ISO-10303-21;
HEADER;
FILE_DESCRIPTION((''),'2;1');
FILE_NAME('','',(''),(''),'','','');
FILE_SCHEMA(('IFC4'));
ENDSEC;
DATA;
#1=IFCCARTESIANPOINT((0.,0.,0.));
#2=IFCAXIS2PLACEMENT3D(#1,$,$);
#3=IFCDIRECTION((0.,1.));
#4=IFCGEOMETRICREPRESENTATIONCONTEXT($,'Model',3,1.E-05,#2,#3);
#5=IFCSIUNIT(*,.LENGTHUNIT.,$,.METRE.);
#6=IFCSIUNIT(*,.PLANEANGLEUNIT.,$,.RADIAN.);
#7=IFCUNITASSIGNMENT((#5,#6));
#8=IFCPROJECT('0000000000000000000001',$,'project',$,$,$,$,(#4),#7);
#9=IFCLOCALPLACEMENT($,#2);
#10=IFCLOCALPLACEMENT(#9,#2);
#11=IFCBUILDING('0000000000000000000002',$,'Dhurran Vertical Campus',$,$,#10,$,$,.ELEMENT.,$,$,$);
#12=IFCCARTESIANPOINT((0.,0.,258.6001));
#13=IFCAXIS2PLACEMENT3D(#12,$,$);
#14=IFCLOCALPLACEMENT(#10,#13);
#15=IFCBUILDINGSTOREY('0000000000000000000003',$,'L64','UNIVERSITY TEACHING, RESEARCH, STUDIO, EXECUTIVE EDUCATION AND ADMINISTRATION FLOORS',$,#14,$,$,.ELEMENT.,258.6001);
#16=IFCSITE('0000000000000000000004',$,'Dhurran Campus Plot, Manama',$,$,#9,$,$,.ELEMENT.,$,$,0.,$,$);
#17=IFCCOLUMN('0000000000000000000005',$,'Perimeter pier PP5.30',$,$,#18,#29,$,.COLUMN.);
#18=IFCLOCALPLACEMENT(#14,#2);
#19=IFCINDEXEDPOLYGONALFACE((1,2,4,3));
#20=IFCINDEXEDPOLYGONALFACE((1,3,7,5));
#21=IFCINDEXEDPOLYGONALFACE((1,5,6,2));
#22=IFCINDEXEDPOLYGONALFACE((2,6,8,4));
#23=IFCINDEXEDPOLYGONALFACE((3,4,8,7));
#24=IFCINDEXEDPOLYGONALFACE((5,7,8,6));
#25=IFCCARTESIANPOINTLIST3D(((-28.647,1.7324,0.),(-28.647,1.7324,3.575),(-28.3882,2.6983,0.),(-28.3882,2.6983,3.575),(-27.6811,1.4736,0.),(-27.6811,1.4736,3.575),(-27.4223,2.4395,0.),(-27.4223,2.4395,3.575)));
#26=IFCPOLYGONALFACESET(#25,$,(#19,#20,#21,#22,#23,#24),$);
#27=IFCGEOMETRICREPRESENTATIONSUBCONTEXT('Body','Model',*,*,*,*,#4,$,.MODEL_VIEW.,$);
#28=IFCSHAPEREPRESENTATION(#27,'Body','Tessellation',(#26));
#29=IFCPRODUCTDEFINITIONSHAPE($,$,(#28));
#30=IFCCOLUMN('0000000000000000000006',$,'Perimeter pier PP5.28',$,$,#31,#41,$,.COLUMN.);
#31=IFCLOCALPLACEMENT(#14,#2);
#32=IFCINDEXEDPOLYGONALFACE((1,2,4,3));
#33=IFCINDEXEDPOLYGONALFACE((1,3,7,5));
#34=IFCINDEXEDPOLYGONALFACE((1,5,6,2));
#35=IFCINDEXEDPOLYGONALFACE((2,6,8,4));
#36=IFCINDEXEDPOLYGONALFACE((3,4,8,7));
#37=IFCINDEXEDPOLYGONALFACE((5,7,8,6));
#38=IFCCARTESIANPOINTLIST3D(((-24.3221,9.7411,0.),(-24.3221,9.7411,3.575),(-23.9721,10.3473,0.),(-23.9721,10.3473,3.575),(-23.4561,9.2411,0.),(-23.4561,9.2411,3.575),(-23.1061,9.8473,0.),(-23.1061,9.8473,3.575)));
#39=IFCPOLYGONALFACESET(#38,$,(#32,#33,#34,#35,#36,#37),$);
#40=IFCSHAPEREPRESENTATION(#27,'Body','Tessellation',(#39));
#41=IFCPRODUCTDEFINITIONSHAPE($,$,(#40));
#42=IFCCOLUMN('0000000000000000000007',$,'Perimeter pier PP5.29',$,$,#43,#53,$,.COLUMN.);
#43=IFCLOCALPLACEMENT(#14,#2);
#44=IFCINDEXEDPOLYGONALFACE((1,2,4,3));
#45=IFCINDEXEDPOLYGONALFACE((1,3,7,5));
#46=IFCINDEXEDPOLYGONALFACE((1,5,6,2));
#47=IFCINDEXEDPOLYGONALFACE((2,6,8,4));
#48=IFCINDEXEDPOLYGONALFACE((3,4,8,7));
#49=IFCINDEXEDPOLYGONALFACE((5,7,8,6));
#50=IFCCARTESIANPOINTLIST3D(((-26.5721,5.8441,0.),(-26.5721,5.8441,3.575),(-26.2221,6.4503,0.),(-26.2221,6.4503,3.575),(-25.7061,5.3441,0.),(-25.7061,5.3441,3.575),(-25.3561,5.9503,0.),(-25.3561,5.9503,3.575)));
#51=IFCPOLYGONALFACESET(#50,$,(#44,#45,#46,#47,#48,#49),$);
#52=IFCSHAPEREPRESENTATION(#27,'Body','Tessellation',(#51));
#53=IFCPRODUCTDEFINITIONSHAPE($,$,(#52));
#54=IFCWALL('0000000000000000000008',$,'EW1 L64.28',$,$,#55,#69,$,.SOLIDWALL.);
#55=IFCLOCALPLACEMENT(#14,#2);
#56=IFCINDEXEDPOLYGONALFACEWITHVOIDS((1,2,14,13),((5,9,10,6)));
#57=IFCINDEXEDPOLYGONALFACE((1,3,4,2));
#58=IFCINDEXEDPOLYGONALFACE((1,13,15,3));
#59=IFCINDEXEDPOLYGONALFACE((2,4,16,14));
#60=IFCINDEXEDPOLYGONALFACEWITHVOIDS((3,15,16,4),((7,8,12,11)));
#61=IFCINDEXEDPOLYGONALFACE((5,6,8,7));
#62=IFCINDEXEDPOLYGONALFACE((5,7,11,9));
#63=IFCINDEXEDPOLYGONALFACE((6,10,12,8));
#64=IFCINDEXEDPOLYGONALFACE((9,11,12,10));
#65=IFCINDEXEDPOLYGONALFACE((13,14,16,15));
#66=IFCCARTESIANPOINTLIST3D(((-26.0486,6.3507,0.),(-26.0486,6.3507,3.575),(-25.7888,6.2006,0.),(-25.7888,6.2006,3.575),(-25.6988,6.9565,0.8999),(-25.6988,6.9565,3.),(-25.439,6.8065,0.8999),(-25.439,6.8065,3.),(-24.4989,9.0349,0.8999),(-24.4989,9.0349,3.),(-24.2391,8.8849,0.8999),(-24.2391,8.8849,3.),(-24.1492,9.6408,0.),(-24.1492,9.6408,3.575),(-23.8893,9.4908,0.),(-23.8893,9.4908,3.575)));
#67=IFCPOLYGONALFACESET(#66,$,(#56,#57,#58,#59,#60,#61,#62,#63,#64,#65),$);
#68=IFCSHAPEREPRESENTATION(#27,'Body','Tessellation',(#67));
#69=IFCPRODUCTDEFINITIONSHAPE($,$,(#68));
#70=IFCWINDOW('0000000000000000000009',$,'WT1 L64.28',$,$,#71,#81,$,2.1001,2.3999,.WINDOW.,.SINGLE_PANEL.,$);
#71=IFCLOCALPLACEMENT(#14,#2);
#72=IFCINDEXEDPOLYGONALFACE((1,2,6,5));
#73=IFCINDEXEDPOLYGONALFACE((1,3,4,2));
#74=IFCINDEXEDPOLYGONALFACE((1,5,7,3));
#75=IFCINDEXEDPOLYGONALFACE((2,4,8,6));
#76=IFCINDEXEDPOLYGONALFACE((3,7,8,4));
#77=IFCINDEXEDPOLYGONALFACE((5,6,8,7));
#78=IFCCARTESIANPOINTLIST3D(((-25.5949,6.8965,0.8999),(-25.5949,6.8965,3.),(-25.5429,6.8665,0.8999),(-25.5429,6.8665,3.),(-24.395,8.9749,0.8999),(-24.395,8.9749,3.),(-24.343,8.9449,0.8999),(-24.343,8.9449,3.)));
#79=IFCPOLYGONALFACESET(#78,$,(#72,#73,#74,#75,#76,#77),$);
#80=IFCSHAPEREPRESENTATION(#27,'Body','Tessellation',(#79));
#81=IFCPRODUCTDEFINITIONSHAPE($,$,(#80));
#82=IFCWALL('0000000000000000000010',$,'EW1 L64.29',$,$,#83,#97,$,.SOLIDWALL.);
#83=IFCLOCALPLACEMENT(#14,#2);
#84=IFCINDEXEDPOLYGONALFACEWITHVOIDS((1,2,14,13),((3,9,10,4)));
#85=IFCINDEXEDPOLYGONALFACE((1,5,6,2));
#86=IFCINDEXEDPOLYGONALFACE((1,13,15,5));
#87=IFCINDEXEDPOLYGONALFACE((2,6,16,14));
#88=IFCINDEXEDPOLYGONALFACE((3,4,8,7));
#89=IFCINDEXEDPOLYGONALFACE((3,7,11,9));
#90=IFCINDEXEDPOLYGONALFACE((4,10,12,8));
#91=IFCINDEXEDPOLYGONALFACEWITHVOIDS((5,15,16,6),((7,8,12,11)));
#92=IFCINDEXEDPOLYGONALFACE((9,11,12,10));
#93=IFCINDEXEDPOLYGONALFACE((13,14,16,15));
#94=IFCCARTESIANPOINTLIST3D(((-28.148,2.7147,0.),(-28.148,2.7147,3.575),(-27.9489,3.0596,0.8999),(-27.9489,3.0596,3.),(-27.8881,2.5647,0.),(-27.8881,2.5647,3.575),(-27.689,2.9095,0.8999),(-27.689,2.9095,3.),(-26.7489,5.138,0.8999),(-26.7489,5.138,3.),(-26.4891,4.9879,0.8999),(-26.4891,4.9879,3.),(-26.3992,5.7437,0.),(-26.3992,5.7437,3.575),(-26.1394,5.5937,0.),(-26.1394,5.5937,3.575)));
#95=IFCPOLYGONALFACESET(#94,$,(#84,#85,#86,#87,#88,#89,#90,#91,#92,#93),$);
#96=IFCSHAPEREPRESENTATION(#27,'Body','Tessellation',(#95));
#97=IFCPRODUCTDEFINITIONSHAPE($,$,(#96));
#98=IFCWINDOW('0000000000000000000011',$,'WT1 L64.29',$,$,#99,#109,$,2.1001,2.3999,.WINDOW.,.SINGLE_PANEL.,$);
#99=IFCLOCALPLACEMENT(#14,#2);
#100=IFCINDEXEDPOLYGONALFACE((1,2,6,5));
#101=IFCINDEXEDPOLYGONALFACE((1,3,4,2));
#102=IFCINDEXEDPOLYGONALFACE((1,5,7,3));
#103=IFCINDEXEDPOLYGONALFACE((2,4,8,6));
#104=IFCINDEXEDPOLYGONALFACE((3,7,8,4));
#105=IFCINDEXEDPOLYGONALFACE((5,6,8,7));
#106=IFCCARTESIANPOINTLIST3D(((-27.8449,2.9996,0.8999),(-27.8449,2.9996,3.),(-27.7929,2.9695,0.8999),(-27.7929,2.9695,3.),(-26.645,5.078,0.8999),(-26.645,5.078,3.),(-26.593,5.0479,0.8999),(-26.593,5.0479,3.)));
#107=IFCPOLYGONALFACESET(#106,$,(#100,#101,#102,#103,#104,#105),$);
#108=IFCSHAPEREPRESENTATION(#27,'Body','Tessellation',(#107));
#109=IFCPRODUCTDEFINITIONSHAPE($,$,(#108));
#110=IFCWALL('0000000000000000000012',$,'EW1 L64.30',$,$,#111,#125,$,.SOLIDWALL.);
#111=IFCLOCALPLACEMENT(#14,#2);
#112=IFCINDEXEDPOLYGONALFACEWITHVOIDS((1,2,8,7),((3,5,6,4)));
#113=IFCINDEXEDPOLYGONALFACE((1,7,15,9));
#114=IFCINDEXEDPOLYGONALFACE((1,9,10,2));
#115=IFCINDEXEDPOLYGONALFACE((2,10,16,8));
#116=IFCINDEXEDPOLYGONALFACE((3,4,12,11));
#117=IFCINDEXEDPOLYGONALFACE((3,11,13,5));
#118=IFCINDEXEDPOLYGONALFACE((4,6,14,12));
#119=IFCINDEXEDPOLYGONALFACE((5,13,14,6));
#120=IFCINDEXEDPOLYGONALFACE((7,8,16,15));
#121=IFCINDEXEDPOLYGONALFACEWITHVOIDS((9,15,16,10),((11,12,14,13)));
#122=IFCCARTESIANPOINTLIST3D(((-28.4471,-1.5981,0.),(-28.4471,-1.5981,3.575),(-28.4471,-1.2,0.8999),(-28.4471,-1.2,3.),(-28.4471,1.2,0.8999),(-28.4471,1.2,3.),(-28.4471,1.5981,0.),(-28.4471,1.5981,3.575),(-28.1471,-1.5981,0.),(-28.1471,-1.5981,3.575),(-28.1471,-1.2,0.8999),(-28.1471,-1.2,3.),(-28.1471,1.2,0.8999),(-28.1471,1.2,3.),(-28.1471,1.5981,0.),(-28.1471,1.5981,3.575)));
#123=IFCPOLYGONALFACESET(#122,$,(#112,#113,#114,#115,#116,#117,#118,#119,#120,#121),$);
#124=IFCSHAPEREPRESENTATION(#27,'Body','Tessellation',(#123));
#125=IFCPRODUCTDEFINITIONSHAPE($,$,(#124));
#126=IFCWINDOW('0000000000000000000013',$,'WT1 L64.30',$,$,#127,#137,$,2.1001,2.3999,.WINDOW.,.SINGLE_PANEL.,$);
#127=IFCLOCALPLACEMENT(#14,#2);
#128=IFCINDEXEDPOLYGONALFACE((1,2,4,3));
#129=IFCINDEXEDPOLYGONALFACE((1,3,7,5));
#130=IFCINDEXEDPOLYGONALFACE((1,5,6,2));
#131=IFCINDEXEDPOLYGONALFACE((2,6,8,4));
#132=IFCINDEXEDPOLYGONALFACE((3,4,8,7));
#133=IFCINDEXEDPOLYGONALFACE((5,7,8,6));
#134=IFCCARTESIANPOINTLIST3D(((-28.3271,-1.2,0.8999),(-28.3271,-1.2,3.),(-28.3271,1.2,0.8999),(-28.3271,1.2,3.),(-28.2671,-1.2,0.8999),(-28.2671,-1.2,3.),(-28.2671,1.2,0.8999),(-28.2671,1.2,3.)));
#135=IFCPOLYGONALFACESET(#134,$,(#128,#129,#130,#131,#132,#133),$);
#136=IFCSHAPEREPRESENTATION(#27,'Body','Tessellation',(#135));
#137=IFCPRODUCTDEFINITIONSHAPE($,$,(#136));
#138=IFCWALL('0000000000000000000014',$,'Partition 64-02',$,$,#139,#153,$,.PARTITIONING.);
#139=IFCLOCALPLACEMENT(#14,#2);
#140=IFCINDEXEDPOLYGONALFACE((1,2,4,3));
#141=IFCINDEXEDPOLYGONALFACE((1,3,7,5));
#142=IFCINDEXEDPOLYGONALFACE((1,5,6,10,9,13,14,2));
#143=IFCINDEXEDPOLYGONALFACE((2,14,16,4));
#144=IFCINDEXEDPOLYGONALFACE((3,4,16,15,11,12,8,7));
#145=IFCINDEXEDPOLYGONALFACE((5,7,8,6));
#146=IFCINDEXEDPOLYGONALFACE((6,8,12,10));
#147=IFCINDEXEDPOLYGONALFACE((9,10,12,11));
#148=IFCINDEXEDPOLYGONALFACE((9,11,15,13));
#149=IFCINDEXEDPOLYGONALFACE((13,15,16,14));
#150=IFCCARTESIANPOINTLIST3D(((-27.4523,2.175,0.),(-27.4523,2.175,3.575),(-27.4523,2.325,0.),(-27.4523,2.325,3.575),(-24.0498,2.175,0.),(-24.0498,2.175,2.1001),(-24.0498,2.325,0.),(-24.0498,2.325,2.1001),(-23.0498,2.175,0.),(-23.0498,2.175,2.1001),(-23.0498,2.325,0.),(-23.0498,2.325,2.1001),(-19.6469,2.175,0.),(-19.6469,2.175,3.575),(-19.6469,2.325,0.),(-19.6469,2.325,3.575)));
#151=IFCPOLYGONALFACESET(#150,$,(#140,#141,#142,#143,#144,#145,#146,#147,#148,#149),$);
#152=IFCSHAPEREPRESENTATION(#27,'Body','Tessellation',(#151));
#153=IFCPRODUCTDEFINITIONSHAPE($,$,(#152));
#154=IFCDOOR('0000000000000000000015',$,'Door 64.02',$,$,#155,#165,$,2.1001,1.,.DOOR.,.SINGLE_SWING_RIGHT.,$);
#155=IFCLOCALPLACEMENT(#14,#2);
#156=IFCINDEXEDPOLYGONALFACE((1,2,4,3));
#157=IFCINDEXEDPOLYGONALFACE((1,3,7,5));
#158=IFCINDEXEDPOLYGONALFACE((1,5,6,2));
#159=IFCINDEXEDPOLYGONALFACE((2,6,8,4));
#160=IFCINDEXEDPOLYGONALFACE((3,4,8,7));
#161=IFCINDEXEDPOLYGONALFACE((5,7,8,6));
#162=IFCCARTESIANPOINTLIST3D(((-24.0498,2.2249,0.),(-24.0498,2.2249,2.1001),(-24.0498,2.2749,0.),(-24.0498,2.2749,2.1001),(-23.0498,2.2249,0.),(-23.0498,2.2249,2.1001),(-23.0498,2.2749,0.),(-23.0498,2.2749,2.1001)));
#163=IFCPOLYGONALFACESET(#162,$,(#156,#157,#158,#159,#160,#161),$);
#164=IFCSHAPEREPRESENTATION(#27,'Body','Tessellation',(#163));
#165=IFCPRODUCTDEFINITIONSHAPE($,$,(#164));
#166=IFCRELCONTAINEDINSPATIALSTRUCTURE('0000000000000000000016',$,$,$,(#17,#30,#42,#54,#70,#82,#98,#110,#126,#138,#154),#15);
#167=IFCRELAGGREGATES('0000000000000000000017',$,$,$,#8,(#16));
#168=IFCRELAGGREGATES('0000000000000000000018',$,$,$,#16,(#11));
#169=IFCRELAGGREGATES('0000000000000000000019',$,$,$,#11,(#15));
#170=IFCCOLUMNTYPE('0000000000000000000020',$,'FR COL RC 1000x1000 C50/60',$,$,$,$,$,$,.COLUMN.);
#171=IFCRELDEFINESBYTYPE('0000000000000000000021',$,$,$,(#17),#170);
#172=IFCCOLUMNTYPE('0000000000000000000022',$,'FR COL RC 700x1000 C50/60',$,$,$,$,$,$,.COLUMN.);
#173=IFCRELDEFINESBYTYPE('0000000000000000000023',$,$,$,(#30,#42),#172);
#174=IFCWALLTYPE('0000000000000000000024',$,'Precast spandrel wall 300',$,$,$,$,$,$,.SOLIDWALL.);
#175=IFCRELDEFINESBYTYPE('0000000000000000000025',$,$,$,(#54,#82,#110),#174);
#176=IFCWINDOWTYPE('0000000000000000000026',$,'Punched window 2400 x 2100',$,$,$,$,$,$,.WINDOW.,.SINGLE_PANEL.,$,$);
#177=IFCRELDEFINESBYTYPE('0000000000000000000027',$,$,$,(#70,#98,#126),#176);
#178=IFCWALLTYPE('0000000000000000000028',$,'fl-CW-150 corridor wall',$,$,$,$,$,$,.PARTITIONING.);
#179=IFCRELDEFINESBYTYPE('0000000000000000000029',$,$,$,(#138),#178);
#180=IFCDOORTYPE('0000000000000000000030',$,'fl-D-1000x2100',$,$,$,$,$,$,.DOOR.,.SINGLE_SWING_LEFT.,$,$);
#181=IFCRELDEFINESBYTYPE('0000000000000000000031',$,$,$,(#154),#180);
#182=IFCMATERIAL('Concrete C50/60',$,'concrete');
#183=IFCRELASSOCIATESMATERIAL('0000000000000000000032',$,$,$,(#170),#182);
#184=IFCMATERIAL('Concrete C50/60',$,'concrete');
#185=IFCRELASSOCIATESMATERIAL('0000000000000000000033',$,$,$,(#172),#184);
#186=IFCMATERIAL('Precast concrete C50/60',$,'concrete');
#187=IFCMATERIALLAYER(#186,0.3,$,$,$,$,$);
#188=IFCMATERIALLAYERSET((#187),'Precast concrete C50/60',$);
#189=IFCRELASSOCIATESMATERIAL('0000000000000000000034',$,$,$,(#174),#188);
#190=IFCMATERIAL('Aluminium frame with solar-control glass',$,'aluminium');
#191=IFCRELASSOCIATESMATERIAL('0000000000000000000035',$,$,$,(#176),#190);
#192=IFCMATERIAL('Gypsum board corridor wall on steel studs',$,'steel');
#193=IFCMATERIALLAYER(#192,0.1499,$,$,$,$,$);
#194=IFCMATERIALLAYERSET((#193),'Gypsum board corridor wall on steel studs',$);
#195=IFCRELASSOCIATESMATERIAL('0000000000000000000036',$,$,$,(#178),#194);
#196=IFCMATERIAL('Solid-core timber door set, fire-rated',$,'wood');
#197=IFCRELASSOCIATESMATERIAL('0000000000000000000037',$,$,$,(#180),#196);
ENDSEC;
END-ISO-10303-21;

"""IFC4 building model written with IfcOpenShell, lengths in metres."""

from ifc_helpers import new_model, si_unit, direction, frame, frame_2d, origin, origin_2d, place, context, subcontext, project, spatial, rectangle, extrude, material, layer, layer_set, material_profile, profile_set, type_object, element, fill, save


model = new_model("IFC4")

# Units and contexts
model_context = context("Model", 3, precision=1e-05, world=origin(), true_north=direction((0.0, 1.0)))
body_context = subcontext(model_context, "Body", "Model", "MODEL_VIEW")
ifc_project = project(units=[si_unit("LENGTHUNIT", "METRE"), si_unit("PLANEANGLEUNIT", "RADIAN")], contexts=[model_context])

# Site, building, storey
site_placement = place(None, origin())
site = spatial("IfcSite", under=ifc_project, at=site_placement, Name="Dhurran Campus Plot, Manama", CompositionType="ELEMENT", RefElevation=0.0)
building_placement = place(site_placement, origin())
building = spatial("IfcBuilding", under=site, at=building_placement, Name="Dhurran Vertical Campus", CompositionType="ELEMENT")
storey_placement = place(building_placement, frame((0.0, 0.0, 258.6001)))
storey = spatial("IfcBuildingStorey", under=building, at=storey_placement, Name="L64", Description="UNIVERSITY TEACHING, RESEARCH, STUDIO, EXECUTIVE EDUCATION AND ADMINISTRATION FLOORS", CompositionType="ELEMENT", Elevation=258.6001)

# Columns
ifc_material_1 = material(Name="Concrete C50/60", Category="concrete")
ifc_material_profile_1 = material_profile(ifc_material_1, rectangle(XDim=1.0, YDim=1.0, at=origin_2d()), Name="RC 1000x1000")
ifc_profile_set_1 = profile_set([ifc_material_profile_1], Name="Concrete C50/60")
column_type_1 = type_object("IfcColumnType", Name="FR COL RC 1000x1000 C50/60", PredefinedType="COLUMN", material=ifc_profile_set_1)
column_placement = place(storey_placement, frame((-28.0347, 2.0859, 0.0), z_axis=(0.0, 0.0, 1.0), x_axis=(-0.258819, -0.965926, 0.0)))
element("IfcColumn", 1, at=column_placement, inside=storey, type_object=column_type_1, Name="Perimeter pier PP5.30", PredefinedType="COLUMN", context=body_context, shape_type="SweptSolid", body=[
    extrude(rectangle(XDim=1.0, YDim=1.0, at=origin_2d()), origin(), (0.0, 0.0, 1.0), 3.575),
])
ifc_material_2 = material(Name="Concrete C50/60", Category="concrete")
ifc_material_profile_2 = material_profile(ifc_material_2, rectangle(XDim=0.7, YDim=1.0, at=origin_2d()), Name="RC 700x1000")
ifc_profile_set_2 = profile_set([ifc_material_profile_2], Name="Concrete C50/60")
column_type_2 = type_object("IfcColumnType", Name="FR COL RC 700x1000 C50/60", PredefinedType="COLUMN", material=ifc_profile_set_2)
for number, where, z_axis, x_axis, name in (
    (2, (-23.7141, 9.7942, 0.0), (0.0, 0.0, 1.0), (-0.5, -0.866025, 0.0), "Perimeter pier PP5.28"),
    (3, (-25.9641, 5.8972, 0.0), (0.0, 0.0, 1.0), (-0.5, -0.866025, 0.0), "Perimeter pier PP5.29"),
):
    element("IfcColumn", number, at=place(storey_placement, frame(where, z_axis=z_axis, x_axis=x_axis)), inside=storey, type_object=column_type_2, Name=name, PredefinedType="COLUMN", context=body_context, shape_type="SweptSolid", body=[
        extrude(rectangle(XDim=0.7, YDim=1.0, at=origin_2d()), origin(), (0.0, 0.0, 1.0), 3.575),
    ])

# Walls, openings, windows
ifc_material_3 = material(Name="Precast concrete C50/60", Category="concrete")
ifc_layer_1 = layer(ifc_material_3, 0.3)
ifc_layer_set_1 = layer_set([ifc_layer_1], Name="Precast concrete C50/60")
wall_type_1 = type_object("IfcWallType", Name="Precast spandrel wall 300", PredefinedType="SOLIDWALL", material=ifc_layer_set_1)
wall_1_placement = place(storey_placement, frame((-24.0193, 9.5657, 0.0), z_axis=(0.0, 0.0, 1.0), x_axis=(-0.499982, -0.866036, 0.0)))
wall_1 = element("IfcWall", 4, at=wall_1_placement, inside=storey, type_object=wall_type_1, Name="EW1 L64.28", PredefinedType="SOLIDWALL", context=body_context, shape_type="SweptSolid", body=[
    extrude(rectangle(XDim=3.7991, YDim=0.3, at=frame_2d((1.8994, 0.0))), origin(), (0.0, 0.0, 1.0), 3.575),
])
opening_1_placement = place(wall_1_placement, frame((0.6995, 0.0, 0.8999)))
opening_1 = element("IfcOpeningElement", 5, at=opening_1_placement, cuts=wall_1, PredefinedType="OPENING", context=body_context, shape_type="SweptSolid", body=[
    extrude(rectangle(XDim=2.3999, YDim=2.1001, at=frame_2d((1.2, 1.05))), frame((0.0, 0.1599, 0.0), z_axis=(0.0, -1.0, 0.0), x_axis=(1.0, 0.0, 0.0)), (0.0, 0.0, 1.0), 0.3201),
])
ifc_material_4 = material(Name="Aluminium frame with solar-control glass", Category="aluminium")
window_type = type_object("IfcWindowType", Name="Punched window 2400 x 2100", PartitioningType="SINGLE_PANEL", PredefinedType="WINDOW", material=ifc_material_4)
window_1_placement = place(opening_1_placement, origin())
window_1 = element("IfcWindow", 6, at=window_1_placement, inside=storey, type_object=window_type, Name="WT1 L64.28", OverallHeight=2.1001, OverallWidth=2.3999, PartitioningType="SINGLE_PANEL", PredefinedType="WINDOW", context=body_context, shape_type="SweptSolid", body=[
    extrude(rectangle(XDim=2.3999, YDim=2.1001, at=frame_2d((1.2, 1.05))), frame((0.0, 0.03, 0.0), z_axis=(0.0, -1.0, 0.0), x_axis=(1.0, 0.0, 0.0)), (0.0, 0.0, 1.0), 0.0601),
])
fill(opening_1, window_1)
wall_2_placement = place(storey_placement, frame((-26.2693, 5.6687, 0.0), z_axis=(0.0, 0.0, 1.0), x_axis=(-0.49999, -0.866031, 0.0)))
wall_2 = element("IfcWall", 7, at=wall_2_placement, inside=storey, type_object=wall_type_1, Name="EW1 L64.29", PredefinedType="SOLIDWALL", context=body_context, shape_type="SweptSolid", body=[
    extrude(rectangle(XDim=3.4976, YDim=0.3, at=frame_2d((1.7488, 0.0))), origin(), (0.0, 0.0, 1.0), 3.575),
])
opening_2_placement = place(wall_2_placement, frame((0.6995, 0.0, 0.8999)))
opening_2 = element("IfcOpeningElement", 8, at=opening_2_placement, cuts=wall_2, PredefinedType="OPENING", context=body_context, shape_type="SweptSolid", body=[
    extrude(rectangle(XDim=2.3999, YDim=2.1001, at=frame_2d((1.2, 1.05))), frame((0.0, 0.1599, 0.0), z_axis=(0.0, -1.0, 0.0), x_axis=(1.0, 0.0, 0.0)), (0.0, 0.0, 1.0), 0.3201),
])
window_2_placement = place(opening_2_placement, origin())
window_2 = element("IfcWindow", 9, at=window_2_placement, inside=storey, type_object=window_type, Name="WT1 L64.29", OverallHeight=2.1001, OverallWidth=2.3999, PartitioningType="SINGLE_PANEL", PredefinedType="WINDOW", context=body_context, shape_type="SweptSolid", body=[
    extrude(rectangle(XDim=2.3999, YDim=2.1001, at=frame_2d((1.2, 1.05))), frame((0.0, 0.03, 0.0), z_axis=(0.0, -1.0, 0.0), x_axis=(1.0, 0.0, 0.0)), (0.0, 0.0, 1.0), 0.0601),
])
fill(opening_2, window_2)
wall_3_placement = place(storey_placement, frame((-28.2971, 1.5981, 0.0), z_axis=(0.0, 0.0, 1.0), x_axis=(0.0, -1.0, 0.0)))
wall_3 = element("IfcWall", 10, at=wall_3_placement, inside=storey, type_object=wall_type_1, Name="EW1 L64.30", PredefinedType="SOLIDWALL", context=body_context, shape_type="SweptSolid", body=[
    extrude(rectangle(XDim=3.1963, YDim=0.3, at=frame_2d((1.5981, 0.0))), origin(), (0.0, 0.0, 1.0), 3.575),
])
opening_3_placement = place(wall_3_placement, frame((0.3982, 0.0, 0.8999)))
opening_3 = element("IfcOpeningElement", 11, at=opening_3_placement, cuts=wall_3, PredefinedType="OPENING", context=body_context, shape_type="SweptSolid", body=[
    extrude(rectangle(XDim=2.3999, YDim=2.1001, at=frame_2d((1.2, 1.05))), frame((0.0, 0.1599, 0.0), z_axis=(0.0, -1.0, 0.0), x_axis=(1.0, 0.0, 0.0)), (0.0, 0.0, 1.0), 0.3201),
])
window_3_placement = place(opening_3_placement, origin())
window_3 = element("IfcWindow", 12, at=window_3_placement, inside=storey, type_object=window_type, Name="WT1 L64.30", OverallHeight=2.1001, OverallWidth=2.3999, PartitioningType="SINGLE_PANEL", PredefinedType="WINDOW", context=body_context, shape_type="SweptSolid", body=[
    extrude(rectangle(XDim=2.3999, YDim=2.1001, at=frame_2d((1.2, 1.05))), frame((0.0, 0.03, 0.0), z_axis=(0.0, -1.0, 0.0), x_axis=(1.0, 0.0, 0.0)), (0.0, 0.0, 1.0), 0.0601),
])
fill(opening_3, window_3)

# Wall, opening, door
ifc_material_5 = material(Name="Gypsum board corridor wall on steel studs", Category="steel")
ifc_layer_2 = layer(ifc_material_5, 0.1499)
ifc_layer_set_2 = layer_set([ifc_layer_2], Name="Gypsum board corridor wall on steel studs")
wall_type_2 = type_object("IfcWallType", Name="fl-CW-150 corridor wall", PredefinedType="PARTITIONING", material=ifc_layer_set_2)
wall_4_placement = place(storey_placement, frame((-27.4524, 2.25, 0.0), z_axis=(0.0, 0.0, 1.0), x_axis=(1.0, 0.0, 0.0)))
wall_4 = element("IfcWall", 13, at=wall_4_placement, inside=storey, type_object=wall_type_2, Name="Partition 64-02", PredefinedType="PARTITIONING", context=body_context, shape_type="SweptSolid", body=[
    extrude(rectangle(XDim=7.8054, YDim=0.1499, at=frame_2d((3.9028, 0.0))), origin(), (0.0, 0.0, 1.0), 3.575),
])
opening_4_placement = place(wall_4_placement, frame((3.4026, 0.0, 0.0)))
opening_4 = element("IfcOpeningElement", 14, at=opening_4_placement, cuts=wall_4, PredefinedType="OPENING", context=body_context, shape_type="SweptSolid", body=[
    extrude(rectangle(XDim=1.0, YDim=2.1001, at=frame_2d((0.5, 1.05))), frame((0.0, 0.085, 0.0), z_axis=(0.0, -1.0, 0.0), x_axis=(1.0, 0.0, 0.0)), (0.0, 0.0, 1.0), 0.1699),
])
ifc_material_6 = material(Name="Solid-core timber door set, fire-rated", Category="wood")
door_type = type_object("IfcDoorType", Name="fl-D-1000x2100", OperationType="SINGLE_SWING_LEFT", PredefinedType="DOOR", material=ifc_material_6)
door_1_placement = place(opening_4_placement, origin())
door_1 = element("IfcDoor", 15, at=door_1_placement, inside=storey, type_object=door_type, Name="Door 64.02", OperationType="SINGLE_SWING_RIGHT", OverallHeight=2.1001, OverallWidth=1.0, PredefinedType="DOOR", context=body_context, shape_type="SweptSolid", body=[
    extrude(rectangle(XDim=1.0, YDim=2.1001, at=frame_2d((0.5, 1.05))), frame((0.0, 0.0249, 0.0), z_axis=(0.0, -1.0, 0.0), x_axis=(1.0, 0.0, 0.0)), (0.0, 0.0, 1.0), 0.05),
])
fill(opening_4, door_1)

save(model, "model.ifc")
